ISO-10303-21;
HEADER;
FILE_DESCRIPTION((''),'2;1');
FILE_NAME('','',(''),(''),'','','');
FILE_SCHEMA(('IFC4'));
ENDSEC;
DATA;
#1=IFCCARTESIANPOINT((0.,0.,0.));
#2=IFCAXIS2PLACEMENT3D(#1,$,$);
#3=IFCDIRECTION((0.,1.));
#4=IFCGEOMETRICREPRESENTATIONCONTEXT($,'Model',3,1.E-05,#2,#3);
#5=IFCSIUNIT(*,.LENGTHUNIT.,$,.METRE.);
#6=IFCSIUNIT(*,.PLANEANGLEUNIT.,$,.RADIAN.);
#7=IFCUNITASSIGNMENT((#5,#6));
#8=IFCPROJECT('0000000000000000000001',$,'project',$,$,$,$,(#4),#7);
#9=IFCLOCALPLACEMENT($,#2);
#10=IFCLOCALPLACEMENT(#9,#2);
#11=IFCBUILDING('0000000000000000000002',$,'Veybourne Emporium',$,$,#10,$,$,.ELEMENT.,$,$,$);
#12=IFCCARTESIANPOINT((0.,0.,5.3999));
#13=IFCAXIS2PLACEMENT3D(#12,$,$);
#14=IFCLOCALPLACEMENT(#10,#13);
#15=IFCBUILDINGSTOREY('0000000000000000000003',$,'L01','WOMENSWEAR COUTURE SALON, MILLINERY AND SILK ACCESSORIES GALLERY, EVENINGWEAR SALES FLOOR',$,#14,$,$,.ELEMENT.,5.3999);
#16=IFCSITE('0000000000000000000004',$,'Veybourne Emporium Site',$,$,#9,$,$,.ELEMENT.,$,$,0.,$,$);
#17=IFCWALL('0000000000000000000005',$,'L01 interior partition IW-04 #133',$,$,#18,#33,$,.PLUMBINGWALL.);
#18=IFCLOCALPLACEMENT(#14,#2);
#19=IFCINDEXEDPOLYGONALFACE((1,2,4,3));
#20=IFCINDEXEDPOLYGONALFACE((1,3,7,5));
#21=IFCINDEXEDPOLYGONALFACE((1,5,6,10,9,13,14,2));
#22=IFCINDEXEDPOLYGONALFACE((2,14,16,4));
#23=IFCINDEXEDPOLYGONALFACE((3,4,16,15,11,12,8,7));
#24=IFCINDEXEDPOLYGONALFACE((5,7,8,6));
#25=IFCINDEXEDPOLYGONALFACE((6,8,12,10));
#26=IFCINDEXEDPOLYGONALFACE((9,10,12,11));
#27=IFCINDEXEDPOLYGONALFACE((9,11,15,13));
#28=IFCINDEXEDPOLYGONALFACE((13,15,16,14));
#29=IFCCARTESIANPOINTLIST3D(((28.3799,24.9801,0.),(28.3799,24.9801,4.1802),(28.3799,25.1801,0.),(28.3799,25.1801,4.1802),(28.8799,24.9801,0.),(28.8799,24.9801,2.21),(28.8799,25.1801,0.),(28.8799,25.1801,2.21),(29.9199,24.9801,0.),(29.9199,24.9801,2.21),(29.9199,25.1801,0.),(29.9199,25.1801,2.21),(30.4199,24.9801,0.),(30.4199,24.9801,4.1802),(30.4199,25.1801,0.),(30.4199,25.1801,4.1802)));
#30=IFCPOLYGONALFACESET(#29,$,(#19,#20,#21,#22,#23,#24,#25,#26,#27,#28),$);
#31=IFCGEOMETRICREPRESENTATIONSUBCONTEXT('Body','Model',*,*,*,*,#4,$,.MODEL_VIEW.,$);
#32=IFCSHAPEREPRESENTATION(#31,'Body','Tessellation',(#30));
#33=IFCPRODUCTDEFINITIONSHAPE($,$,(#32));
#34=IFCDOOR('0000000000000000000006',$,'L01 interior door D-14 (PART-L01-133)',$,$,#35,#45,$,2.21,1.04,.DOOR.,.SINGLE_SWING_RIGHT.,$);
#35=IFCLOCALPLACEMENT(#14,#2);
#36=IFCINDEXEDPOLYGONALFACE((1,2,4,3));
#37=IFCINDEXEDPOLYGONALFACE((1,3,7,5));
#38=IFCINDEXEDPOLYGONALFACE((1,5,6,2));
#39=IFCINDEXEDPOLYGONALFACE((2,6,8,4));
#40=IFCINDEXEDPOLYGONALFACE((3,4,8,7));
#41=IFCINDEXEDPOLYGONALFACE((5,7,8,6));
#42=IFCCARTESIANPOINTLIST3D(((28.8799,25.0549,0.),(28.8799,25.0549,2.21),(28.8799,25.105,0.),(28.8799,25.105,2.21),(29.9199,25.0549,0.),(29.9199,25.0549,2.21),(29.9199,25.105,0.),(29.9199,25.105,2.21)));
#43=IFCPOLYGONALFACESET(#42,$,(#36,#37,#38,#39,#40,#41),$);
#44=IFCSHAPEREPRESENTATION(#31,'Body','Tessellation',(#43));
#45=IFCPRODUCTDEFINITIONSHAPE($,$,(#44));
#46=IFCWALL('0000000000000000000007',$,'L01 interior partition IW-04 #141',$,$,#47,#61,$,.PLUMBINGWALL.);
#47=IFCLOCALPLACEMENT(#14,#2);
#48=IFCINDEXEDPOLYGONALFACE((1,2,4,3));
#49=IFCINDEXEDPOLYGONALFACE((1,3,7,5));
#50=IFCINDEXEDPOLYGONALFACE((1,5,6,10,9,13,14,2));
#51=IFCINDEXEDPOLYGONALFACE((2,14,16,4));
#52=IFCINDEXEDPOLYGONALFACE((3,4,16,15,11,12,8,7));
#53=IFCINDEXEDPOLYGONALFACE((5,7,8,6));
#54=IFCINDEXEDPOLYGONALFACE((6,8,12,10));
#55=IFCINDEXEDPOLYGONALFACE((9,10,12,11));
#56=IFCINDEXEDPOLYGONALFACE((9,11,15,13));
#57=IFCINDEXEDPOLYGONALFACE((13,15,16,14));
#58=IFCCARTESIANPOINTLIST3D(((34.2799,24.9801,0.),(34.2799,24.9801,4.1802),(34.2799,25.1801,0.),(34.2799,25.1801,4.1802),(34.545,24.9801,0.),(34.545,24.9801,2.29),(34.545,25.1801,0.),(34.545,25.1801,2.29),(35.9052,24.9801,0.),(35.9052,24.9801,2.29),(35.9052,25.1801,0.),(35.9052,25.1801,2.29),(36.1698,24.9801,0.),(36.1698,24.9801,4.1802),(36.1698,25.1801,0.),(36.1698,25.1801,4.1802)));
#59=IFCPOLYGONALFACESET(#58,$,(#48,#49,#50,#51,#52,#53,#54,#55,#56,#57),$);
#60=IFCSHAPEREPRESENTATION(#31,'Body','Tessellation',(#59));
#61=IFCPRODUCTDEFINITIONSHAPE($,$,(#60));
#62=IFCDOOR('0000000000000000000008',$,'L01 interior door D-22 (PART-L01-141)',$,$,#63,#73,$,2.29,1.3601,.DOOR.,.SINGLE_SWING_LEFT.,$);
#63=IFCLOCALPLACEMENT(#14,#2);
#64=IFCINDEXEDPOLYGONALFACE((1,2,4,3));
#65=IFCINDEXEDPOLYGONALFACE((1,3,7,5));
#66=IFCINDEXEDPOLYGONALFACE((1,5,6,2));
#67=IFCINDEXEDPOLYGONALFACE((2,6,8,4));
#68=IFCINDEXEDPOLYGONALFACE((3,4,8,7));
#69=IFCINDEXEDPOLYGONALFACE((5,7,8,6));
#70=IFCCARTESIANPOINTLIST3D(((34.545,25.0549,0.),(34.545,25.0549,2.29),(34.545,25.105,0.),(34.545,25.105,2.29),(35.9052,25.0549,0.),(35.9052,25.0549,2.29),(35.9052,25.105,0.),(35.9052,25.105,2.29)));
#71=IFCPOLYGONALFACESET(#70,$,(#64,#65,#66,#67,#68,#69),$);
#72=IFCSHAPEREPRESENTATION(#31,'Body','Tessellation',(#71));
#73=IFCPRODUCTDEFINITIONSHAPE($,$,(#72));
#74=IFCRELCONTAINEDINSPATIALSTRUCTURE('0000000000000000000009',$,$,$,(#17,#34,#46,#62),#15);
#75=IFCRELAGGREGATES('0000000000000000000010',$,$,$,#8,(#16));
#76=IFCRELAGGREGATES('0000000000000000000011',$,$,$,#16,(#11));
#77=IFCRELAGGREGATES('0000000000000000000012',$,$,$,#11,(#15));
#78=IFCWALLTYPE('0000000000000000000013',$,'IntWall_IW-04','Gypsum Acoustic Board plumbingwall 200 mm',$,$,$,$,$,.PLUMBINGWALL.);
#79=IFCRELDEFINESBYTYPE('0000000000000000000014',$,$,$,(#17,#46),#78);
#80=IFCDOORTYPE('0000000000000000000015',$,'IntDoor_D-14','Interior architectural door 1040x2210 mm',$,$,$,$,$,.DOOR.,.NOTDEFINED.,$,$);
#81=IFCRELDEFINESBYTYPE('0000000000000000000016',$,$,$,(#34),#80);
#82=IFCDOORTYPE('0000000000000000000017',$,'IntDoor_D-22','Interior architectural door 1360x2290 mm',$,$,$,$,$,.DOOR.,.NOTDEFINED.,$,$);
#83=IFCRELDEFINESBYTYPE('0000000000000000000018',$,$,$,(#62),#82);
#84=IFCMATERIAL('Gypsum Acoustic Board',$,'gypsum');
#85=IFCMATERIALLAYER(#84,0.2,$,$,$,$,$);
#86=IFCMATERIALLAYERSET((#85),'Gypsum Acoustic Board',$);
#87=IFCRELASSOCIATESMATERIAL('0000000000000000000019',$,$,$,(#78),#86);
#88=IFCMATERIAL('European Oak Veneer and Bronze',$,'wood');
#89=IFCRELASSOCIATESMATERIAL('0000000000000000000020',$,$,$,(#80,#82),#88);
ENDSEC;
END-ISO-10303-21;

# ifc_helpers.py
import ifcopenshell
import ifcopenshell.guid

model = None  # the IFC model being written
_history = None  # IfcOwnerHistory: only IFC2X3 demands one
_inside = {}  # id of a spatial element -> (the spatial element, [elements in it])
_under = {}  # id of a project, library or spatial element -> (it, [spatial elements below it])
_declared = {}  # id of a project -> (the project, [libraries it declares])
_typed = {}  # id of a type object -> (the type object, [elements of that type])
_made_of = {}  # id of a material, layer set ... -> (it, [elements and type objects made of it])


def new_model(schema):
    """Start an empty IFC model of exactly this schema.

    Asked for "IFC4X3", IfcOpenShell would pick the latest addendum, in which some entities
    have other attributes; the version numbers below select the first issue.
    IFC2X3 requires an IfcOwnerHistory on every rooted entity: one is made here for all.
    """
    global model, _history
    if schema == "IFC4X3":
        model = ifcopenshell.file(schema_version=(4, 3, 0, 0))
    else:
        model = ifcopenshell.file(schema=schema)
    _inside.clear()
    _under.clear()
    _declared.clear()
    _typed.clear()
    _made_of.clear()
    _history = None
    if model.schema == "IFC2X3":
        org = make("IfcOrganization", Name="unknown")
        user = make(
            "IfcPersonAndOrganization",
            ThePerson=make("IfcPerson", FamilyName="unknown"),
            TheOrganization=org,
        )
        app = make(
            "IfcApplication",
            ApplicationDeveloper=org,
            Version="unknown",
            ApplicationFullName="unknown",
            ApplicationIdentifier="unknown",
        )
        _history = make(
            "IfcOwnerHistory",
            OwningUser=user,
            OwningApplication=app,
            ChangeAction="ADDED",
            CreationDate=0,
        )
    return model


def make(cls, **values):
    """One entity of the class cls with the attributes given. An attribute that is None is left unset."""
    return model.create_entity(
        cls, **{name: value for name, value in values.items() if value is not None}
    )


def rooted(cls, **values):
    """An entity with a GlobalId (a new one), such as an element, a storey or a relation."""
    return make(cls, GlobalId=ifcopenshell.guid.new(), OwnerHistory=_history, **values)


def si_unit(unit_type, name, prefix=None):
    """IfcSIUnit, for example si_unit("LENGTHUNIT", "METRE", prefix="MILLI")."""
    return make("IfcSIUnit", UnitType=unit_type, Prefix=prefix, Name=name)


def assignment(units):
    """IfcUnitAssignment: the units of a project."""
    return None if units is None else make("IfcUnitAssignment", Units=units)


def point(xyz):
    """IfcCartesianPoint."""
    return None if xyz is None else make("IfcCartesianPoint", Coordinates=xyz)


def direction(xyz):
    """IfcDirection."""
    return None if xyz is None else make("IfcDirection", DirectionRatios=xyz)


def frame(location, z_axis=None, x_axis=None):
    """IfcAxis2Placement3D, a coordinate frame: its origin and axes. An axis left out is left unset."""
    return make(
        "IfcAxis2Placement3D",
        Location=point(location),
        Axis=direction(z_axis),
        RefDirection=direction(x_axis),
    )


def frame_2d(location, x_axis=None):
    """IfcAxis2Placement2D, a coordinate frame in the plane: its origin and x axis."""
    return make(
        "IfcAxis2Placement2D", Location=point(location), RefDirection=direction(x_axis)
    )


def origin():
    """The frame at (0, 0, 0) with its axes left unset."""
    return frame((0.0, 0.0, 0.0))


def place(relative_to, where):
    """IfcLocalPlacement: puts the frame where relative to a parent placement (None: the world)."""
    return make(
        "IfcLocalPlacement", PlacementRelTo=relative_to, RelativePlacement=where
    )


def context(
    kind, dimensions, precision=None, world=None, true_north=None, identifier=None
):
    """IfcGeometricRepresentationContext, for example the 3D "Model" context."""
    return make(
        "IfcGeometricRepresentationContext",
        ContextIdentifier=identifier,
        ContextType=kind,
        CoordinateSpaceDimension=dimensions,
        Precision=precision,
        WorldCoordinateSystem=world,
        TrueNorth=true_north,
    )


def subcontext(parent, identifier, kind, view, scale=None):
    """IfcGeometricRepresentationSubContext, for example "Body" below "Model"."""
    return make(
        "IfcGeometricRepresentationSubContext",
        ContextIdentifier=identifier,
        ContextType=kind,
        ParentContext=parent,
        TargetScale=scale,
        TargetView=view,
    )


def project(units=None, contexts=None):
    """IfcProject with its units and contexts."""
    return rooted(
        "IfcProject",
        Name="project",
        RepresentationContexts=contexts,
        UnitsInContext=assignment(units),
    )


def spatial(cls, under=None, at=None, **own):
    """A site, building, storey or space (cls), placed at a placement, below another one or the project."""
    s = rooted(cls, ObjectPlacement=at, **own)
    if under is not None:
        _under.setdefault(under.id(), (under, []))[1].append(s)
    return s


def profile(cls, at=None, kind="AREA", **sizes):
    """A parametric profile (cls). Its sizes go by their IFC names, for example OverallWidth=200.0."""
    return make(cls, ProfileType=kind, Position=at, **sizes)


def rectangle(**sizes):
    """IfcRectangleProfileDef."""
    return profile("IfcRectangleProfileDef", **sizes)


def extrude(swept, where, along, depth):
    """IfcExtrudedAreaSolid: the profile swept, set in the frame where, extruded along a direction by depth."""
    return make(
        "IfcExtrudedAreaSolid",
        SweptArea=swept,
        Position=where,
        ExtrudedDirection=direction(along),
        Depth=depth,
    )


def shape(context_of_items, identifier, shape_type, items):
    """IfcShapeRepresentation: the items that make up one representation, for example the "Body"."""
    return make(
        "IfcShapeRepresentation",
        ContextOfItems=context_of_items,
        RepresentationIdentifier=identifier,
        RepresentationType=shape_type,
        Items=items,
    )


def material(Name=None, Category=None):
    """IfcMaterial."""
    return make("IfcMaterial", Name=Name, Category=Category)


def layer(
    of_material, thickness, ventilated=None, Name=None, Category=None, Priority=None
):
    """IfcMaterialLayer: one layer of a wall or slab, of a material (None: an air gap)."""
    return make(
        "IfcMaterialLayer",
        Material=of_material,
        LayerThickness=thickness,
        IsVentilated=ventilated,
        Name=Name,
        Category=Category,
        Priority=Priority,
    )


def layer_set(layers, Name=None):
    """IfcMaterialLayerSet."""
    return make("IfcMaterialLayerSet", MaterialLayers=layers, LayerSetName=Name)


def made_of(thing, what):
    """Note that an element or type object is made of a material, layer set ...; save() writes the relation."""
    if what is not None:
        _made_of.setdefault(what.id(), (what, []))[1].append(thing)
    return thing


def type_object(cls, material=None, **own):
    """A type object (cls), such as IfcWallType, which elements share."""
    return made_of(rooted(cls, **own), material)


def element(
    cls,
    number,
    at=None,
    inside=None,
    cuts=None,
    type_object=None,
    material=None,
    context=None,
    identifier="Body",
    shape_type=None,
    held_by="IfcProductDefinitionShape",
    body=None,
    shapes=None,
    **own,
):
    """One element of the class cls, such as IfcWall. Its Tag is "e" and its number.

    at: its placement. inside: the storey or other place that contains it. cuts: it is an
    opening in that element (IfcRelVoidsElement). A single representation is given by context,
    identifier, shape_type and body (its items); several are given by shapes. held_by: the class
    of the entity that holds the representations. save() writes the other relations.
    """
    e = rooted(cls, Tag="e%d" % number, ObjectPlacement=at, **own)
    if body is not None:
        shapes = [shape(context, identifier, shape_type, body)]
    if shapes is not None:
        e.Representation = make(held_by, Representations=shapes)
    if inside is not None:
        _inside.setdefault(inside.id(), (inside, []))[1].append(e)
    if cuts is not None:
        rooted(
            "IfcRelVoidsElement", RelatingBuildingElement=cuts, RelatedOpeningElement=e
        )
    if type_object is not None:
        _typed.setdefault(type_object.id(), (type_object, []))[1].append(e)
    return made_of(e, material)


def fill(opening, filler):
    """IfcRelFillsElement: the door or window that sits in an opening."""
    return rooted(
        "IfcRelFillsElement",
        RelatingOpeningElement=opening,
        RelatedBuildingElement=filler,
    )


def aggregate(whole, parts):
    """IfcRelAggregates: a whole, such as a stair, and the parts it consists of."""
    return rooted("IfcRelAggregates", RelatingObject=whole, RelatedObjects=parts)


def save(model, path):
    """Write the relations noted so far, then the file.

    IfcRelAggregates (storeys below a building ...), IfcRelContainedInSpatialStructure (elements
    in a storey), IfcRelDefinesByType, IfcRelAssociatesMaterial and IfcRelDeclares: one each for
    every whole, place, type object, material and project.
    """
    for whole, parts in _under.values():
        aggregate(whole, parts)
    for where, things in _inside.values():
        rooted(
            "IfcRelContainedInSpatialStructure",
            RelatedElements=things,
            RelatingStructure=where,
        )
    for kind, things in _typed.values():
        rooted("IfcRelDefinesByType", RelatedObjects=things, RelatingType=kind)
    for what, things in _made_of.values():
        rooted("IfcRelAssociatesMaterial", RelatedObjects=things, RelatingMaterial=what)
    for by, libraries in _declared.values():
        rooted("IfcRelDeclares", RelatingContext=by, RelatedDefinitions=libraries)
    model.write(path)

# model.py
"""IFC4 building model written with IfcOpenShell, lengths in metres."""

from ifc_helpers import new_model, si_unit, direction, frame, frame_2d, origin, place, context, subcontext, project, spatial, rectangle, extrude, material, layer, layer_set, type_object, element, fill, save


model = new_model("IFC4")

# Units and contexts
model_context = context("Model", 3, precision=1e-05, world=origin(), true_north=direction((0.0, 1.0)))
body_context = subcontext(model_context, "Body", "Model", "MODEL_VIEW")
ifc_project = project(units=[si_unit("LENGTHUNIT", "METRE"), si_unit("PLANEANGLEUNIT", "RADIAN")], contexts=[model_context])

# Site, building, storey
site_placement = place(None, origin())
site = spatial("IfcSite", under=ifc_project, at=site_placement, Name="Veybourne Emporium Site", CompositionType="ELEMENT", RefElevation=0.0)
building_placement = place(site_placement, origin())
building = spatial("IfcBuilding", under=site, at=building_placement, Name="Veybourne Emporium", CompositionType="ELEMENT")
storey_placement = place(building_placement, frame((0.0, 0.0, 5.3999)))
storey = spatial("IfcBuildingStorey", under=building, at=storey_placement, Name="L01", Description="WOMENSWEAR COUTURE SALON, MILLINERY AND SILK ACCESSORIES GALLERY, EVENINGWEAR SALES FLOOR", CompositionType="ELEMENT", Elevation=5.3999)

# Walls, openings, doors
ifc_material_1 = material(Name="Gypsum Acoustic Board", Category="gypsum")
ifc_material_2 = material(Name="European Oak Veneer and Bronze", Category="wood")
ifc_layer_1 = layer(ifc_material_1, 0.2)
ifc_layer_set_1 = layer_set([ifc_layer_1], Name="Gypsum Acoustic Board")
wall_type_1 = type_object("IfcWallType", Name="IntWall_IW-04", Description="Gypsum Acoustic Board plumbingwall 200 mm", PredefinedType="PLUMBINGWALL", material=ifc_layer_set_1)
wall_1_placement = place(storey_placement, frame((28.3799, 25.0801, 0.0), z_axis=(0.0, 0.0, 1.0), x_axis=(1.0, 0.0, 0.0)))
wall_1 = element("IfcWall", 1, at=wall_1_placement, inside=storey, type_object=wall_type_1, Name="L01 interior partition IW-04 #133", PredefinedType="PLUMBINGWALL", context=body_context, shape_type="SweptSolid", body=[
    extrude(rectangle(XDim=2.04, YDim=0.2, at=frame_2d((1.02, 0.0))), origin(), (0.0, 0.0, 1.0), 4.1802),
])
opening_1_placement = place(wall_1_placement, frame((0.5, 0.0, 0.0)))
opening_1 = element("IfcOpeningElement", 2, at=opening_1_placement, cuts=wall_1, PredefinedType="OPENING", context=body_context, shape_type="SweptSolid", body=[
    extrude(rectangle(XDim=1.04, YDim=2.21, at=frame_2d((0.52, 1.105))), frame((0.0, 0.1201, 0.0), z_axis=(0.0, -1.0, 0.0), x_axis=(1.0, 0.0, 0.0)), (0.0, 0.0, 1.0), 0.24),
])
door_type_1 = type_object("IfcDoorType", Name="IntDoor_D-14", Description="Interior architectural door 1040x2210 mm", OperationType="NOTDEFINED", PredefinedType="DOOR", material=ifc_material_2)
door_1_placement = place(opening_1_placement, origin())
door_1 = element("IfcDoor", 3, at=door_1_placement, inside=storey, type_object=door_type_1, Name="L01 interior door D-14 (PART-L01-133)", OperationType="SINGLE_SWING_RIGHT", OverallHeight=2.21, OverallWidth=1.04, PredefinedType="DOOR", context=body_context, shape_type="SweptSolid", body=[
    extrude(rectangle(XDim=1.04, YDim=2.21, at=frame_2d((0.52, 1.105))), frame((0.0, 0.0249, 0.0), z_axis=(0.0, -1.0, 0.0), x_axis=(1.0, 0.0, 0.0)), (0.0, 0.0, 1.0), 0.05),
])
fill(opening_1, door_1)
wall_2_placement = place(storey_placement, frame((34.28, 25.0801, 0.0), z_axis=(0.0, 0.0, 1.0), x_axis=(1.0, 0.0, 0.0)))
wall_2 = element("IfcWall", 4, at=wall_2_placement, inside=storey, type_object=wall_type_1, Name="L01 interior partition IW-04 #141", PredefinedType="PLUMBINGWALL", context=body_context, shape_type="SweptSolid", body=[
    extrude(rectangle(XDim=1.8899, YDim=0.2, at=frame_2d((0.9448, 0.0))), origin(), (0.0, 0.0, 1.0), 4.1802),
])
opening_2_placement = place(wall_2_placement, frame((0.2649, 0.0, 0.0)))
opening_2 = element("IfcOpeningElement", 5, at=opening_2_placement, cuts=wall_2, PredefinedType="OPENING", context=body_context, shape_type="SweptSolid", body=[
    extrude(rectangle(XDim=1.3601, YDim=2.29, at=frame_2d((0.6802, 1.145))), frame((0.0, 0.1201, 0.0), z_axis=(0.0, -1.0, 0.0), x_axis=(1.0, 0.0, 0.0)), (0.0, 0.0, 1.0), 0.24),
])
door_type_2 = type_object("IfcDoorType", Name="IntDoor_D-22", Description="Interior architectural door 1360x2290 mm", OperationType="NOTDEFINED", PredefinedType="DOOR", material=ifc_material_2)
door_2_placement = place(opening_2_placement, origin())
door_2 = element("IfcDoor", 6, at=door_2_placement, inside=storey, type_object=door_type_2, Name="L01 interior door D-22 (PART-L01-141)", OperationType="SINGLE_SWING_LEFT", OverallHeight=2.29, OverallWidth=1.3601, PredefinedType="DOOR", context=body_context, shape_type="SweptSolid", body=[
    extrude(rectangle(XDim=1.3601, YDim=2.29, at=frame_2d((0.6802, 1.145))), frame((0.0, 0.0249, 0.0), z_axis=(0.0, -1.0, 0.0), x_axis=(1.0, 0.0, 0.0)), (0.0, 0.0, 1.0), 0.05),
])
fill(opening_2, door_2)

save(model, "model.ifc")
